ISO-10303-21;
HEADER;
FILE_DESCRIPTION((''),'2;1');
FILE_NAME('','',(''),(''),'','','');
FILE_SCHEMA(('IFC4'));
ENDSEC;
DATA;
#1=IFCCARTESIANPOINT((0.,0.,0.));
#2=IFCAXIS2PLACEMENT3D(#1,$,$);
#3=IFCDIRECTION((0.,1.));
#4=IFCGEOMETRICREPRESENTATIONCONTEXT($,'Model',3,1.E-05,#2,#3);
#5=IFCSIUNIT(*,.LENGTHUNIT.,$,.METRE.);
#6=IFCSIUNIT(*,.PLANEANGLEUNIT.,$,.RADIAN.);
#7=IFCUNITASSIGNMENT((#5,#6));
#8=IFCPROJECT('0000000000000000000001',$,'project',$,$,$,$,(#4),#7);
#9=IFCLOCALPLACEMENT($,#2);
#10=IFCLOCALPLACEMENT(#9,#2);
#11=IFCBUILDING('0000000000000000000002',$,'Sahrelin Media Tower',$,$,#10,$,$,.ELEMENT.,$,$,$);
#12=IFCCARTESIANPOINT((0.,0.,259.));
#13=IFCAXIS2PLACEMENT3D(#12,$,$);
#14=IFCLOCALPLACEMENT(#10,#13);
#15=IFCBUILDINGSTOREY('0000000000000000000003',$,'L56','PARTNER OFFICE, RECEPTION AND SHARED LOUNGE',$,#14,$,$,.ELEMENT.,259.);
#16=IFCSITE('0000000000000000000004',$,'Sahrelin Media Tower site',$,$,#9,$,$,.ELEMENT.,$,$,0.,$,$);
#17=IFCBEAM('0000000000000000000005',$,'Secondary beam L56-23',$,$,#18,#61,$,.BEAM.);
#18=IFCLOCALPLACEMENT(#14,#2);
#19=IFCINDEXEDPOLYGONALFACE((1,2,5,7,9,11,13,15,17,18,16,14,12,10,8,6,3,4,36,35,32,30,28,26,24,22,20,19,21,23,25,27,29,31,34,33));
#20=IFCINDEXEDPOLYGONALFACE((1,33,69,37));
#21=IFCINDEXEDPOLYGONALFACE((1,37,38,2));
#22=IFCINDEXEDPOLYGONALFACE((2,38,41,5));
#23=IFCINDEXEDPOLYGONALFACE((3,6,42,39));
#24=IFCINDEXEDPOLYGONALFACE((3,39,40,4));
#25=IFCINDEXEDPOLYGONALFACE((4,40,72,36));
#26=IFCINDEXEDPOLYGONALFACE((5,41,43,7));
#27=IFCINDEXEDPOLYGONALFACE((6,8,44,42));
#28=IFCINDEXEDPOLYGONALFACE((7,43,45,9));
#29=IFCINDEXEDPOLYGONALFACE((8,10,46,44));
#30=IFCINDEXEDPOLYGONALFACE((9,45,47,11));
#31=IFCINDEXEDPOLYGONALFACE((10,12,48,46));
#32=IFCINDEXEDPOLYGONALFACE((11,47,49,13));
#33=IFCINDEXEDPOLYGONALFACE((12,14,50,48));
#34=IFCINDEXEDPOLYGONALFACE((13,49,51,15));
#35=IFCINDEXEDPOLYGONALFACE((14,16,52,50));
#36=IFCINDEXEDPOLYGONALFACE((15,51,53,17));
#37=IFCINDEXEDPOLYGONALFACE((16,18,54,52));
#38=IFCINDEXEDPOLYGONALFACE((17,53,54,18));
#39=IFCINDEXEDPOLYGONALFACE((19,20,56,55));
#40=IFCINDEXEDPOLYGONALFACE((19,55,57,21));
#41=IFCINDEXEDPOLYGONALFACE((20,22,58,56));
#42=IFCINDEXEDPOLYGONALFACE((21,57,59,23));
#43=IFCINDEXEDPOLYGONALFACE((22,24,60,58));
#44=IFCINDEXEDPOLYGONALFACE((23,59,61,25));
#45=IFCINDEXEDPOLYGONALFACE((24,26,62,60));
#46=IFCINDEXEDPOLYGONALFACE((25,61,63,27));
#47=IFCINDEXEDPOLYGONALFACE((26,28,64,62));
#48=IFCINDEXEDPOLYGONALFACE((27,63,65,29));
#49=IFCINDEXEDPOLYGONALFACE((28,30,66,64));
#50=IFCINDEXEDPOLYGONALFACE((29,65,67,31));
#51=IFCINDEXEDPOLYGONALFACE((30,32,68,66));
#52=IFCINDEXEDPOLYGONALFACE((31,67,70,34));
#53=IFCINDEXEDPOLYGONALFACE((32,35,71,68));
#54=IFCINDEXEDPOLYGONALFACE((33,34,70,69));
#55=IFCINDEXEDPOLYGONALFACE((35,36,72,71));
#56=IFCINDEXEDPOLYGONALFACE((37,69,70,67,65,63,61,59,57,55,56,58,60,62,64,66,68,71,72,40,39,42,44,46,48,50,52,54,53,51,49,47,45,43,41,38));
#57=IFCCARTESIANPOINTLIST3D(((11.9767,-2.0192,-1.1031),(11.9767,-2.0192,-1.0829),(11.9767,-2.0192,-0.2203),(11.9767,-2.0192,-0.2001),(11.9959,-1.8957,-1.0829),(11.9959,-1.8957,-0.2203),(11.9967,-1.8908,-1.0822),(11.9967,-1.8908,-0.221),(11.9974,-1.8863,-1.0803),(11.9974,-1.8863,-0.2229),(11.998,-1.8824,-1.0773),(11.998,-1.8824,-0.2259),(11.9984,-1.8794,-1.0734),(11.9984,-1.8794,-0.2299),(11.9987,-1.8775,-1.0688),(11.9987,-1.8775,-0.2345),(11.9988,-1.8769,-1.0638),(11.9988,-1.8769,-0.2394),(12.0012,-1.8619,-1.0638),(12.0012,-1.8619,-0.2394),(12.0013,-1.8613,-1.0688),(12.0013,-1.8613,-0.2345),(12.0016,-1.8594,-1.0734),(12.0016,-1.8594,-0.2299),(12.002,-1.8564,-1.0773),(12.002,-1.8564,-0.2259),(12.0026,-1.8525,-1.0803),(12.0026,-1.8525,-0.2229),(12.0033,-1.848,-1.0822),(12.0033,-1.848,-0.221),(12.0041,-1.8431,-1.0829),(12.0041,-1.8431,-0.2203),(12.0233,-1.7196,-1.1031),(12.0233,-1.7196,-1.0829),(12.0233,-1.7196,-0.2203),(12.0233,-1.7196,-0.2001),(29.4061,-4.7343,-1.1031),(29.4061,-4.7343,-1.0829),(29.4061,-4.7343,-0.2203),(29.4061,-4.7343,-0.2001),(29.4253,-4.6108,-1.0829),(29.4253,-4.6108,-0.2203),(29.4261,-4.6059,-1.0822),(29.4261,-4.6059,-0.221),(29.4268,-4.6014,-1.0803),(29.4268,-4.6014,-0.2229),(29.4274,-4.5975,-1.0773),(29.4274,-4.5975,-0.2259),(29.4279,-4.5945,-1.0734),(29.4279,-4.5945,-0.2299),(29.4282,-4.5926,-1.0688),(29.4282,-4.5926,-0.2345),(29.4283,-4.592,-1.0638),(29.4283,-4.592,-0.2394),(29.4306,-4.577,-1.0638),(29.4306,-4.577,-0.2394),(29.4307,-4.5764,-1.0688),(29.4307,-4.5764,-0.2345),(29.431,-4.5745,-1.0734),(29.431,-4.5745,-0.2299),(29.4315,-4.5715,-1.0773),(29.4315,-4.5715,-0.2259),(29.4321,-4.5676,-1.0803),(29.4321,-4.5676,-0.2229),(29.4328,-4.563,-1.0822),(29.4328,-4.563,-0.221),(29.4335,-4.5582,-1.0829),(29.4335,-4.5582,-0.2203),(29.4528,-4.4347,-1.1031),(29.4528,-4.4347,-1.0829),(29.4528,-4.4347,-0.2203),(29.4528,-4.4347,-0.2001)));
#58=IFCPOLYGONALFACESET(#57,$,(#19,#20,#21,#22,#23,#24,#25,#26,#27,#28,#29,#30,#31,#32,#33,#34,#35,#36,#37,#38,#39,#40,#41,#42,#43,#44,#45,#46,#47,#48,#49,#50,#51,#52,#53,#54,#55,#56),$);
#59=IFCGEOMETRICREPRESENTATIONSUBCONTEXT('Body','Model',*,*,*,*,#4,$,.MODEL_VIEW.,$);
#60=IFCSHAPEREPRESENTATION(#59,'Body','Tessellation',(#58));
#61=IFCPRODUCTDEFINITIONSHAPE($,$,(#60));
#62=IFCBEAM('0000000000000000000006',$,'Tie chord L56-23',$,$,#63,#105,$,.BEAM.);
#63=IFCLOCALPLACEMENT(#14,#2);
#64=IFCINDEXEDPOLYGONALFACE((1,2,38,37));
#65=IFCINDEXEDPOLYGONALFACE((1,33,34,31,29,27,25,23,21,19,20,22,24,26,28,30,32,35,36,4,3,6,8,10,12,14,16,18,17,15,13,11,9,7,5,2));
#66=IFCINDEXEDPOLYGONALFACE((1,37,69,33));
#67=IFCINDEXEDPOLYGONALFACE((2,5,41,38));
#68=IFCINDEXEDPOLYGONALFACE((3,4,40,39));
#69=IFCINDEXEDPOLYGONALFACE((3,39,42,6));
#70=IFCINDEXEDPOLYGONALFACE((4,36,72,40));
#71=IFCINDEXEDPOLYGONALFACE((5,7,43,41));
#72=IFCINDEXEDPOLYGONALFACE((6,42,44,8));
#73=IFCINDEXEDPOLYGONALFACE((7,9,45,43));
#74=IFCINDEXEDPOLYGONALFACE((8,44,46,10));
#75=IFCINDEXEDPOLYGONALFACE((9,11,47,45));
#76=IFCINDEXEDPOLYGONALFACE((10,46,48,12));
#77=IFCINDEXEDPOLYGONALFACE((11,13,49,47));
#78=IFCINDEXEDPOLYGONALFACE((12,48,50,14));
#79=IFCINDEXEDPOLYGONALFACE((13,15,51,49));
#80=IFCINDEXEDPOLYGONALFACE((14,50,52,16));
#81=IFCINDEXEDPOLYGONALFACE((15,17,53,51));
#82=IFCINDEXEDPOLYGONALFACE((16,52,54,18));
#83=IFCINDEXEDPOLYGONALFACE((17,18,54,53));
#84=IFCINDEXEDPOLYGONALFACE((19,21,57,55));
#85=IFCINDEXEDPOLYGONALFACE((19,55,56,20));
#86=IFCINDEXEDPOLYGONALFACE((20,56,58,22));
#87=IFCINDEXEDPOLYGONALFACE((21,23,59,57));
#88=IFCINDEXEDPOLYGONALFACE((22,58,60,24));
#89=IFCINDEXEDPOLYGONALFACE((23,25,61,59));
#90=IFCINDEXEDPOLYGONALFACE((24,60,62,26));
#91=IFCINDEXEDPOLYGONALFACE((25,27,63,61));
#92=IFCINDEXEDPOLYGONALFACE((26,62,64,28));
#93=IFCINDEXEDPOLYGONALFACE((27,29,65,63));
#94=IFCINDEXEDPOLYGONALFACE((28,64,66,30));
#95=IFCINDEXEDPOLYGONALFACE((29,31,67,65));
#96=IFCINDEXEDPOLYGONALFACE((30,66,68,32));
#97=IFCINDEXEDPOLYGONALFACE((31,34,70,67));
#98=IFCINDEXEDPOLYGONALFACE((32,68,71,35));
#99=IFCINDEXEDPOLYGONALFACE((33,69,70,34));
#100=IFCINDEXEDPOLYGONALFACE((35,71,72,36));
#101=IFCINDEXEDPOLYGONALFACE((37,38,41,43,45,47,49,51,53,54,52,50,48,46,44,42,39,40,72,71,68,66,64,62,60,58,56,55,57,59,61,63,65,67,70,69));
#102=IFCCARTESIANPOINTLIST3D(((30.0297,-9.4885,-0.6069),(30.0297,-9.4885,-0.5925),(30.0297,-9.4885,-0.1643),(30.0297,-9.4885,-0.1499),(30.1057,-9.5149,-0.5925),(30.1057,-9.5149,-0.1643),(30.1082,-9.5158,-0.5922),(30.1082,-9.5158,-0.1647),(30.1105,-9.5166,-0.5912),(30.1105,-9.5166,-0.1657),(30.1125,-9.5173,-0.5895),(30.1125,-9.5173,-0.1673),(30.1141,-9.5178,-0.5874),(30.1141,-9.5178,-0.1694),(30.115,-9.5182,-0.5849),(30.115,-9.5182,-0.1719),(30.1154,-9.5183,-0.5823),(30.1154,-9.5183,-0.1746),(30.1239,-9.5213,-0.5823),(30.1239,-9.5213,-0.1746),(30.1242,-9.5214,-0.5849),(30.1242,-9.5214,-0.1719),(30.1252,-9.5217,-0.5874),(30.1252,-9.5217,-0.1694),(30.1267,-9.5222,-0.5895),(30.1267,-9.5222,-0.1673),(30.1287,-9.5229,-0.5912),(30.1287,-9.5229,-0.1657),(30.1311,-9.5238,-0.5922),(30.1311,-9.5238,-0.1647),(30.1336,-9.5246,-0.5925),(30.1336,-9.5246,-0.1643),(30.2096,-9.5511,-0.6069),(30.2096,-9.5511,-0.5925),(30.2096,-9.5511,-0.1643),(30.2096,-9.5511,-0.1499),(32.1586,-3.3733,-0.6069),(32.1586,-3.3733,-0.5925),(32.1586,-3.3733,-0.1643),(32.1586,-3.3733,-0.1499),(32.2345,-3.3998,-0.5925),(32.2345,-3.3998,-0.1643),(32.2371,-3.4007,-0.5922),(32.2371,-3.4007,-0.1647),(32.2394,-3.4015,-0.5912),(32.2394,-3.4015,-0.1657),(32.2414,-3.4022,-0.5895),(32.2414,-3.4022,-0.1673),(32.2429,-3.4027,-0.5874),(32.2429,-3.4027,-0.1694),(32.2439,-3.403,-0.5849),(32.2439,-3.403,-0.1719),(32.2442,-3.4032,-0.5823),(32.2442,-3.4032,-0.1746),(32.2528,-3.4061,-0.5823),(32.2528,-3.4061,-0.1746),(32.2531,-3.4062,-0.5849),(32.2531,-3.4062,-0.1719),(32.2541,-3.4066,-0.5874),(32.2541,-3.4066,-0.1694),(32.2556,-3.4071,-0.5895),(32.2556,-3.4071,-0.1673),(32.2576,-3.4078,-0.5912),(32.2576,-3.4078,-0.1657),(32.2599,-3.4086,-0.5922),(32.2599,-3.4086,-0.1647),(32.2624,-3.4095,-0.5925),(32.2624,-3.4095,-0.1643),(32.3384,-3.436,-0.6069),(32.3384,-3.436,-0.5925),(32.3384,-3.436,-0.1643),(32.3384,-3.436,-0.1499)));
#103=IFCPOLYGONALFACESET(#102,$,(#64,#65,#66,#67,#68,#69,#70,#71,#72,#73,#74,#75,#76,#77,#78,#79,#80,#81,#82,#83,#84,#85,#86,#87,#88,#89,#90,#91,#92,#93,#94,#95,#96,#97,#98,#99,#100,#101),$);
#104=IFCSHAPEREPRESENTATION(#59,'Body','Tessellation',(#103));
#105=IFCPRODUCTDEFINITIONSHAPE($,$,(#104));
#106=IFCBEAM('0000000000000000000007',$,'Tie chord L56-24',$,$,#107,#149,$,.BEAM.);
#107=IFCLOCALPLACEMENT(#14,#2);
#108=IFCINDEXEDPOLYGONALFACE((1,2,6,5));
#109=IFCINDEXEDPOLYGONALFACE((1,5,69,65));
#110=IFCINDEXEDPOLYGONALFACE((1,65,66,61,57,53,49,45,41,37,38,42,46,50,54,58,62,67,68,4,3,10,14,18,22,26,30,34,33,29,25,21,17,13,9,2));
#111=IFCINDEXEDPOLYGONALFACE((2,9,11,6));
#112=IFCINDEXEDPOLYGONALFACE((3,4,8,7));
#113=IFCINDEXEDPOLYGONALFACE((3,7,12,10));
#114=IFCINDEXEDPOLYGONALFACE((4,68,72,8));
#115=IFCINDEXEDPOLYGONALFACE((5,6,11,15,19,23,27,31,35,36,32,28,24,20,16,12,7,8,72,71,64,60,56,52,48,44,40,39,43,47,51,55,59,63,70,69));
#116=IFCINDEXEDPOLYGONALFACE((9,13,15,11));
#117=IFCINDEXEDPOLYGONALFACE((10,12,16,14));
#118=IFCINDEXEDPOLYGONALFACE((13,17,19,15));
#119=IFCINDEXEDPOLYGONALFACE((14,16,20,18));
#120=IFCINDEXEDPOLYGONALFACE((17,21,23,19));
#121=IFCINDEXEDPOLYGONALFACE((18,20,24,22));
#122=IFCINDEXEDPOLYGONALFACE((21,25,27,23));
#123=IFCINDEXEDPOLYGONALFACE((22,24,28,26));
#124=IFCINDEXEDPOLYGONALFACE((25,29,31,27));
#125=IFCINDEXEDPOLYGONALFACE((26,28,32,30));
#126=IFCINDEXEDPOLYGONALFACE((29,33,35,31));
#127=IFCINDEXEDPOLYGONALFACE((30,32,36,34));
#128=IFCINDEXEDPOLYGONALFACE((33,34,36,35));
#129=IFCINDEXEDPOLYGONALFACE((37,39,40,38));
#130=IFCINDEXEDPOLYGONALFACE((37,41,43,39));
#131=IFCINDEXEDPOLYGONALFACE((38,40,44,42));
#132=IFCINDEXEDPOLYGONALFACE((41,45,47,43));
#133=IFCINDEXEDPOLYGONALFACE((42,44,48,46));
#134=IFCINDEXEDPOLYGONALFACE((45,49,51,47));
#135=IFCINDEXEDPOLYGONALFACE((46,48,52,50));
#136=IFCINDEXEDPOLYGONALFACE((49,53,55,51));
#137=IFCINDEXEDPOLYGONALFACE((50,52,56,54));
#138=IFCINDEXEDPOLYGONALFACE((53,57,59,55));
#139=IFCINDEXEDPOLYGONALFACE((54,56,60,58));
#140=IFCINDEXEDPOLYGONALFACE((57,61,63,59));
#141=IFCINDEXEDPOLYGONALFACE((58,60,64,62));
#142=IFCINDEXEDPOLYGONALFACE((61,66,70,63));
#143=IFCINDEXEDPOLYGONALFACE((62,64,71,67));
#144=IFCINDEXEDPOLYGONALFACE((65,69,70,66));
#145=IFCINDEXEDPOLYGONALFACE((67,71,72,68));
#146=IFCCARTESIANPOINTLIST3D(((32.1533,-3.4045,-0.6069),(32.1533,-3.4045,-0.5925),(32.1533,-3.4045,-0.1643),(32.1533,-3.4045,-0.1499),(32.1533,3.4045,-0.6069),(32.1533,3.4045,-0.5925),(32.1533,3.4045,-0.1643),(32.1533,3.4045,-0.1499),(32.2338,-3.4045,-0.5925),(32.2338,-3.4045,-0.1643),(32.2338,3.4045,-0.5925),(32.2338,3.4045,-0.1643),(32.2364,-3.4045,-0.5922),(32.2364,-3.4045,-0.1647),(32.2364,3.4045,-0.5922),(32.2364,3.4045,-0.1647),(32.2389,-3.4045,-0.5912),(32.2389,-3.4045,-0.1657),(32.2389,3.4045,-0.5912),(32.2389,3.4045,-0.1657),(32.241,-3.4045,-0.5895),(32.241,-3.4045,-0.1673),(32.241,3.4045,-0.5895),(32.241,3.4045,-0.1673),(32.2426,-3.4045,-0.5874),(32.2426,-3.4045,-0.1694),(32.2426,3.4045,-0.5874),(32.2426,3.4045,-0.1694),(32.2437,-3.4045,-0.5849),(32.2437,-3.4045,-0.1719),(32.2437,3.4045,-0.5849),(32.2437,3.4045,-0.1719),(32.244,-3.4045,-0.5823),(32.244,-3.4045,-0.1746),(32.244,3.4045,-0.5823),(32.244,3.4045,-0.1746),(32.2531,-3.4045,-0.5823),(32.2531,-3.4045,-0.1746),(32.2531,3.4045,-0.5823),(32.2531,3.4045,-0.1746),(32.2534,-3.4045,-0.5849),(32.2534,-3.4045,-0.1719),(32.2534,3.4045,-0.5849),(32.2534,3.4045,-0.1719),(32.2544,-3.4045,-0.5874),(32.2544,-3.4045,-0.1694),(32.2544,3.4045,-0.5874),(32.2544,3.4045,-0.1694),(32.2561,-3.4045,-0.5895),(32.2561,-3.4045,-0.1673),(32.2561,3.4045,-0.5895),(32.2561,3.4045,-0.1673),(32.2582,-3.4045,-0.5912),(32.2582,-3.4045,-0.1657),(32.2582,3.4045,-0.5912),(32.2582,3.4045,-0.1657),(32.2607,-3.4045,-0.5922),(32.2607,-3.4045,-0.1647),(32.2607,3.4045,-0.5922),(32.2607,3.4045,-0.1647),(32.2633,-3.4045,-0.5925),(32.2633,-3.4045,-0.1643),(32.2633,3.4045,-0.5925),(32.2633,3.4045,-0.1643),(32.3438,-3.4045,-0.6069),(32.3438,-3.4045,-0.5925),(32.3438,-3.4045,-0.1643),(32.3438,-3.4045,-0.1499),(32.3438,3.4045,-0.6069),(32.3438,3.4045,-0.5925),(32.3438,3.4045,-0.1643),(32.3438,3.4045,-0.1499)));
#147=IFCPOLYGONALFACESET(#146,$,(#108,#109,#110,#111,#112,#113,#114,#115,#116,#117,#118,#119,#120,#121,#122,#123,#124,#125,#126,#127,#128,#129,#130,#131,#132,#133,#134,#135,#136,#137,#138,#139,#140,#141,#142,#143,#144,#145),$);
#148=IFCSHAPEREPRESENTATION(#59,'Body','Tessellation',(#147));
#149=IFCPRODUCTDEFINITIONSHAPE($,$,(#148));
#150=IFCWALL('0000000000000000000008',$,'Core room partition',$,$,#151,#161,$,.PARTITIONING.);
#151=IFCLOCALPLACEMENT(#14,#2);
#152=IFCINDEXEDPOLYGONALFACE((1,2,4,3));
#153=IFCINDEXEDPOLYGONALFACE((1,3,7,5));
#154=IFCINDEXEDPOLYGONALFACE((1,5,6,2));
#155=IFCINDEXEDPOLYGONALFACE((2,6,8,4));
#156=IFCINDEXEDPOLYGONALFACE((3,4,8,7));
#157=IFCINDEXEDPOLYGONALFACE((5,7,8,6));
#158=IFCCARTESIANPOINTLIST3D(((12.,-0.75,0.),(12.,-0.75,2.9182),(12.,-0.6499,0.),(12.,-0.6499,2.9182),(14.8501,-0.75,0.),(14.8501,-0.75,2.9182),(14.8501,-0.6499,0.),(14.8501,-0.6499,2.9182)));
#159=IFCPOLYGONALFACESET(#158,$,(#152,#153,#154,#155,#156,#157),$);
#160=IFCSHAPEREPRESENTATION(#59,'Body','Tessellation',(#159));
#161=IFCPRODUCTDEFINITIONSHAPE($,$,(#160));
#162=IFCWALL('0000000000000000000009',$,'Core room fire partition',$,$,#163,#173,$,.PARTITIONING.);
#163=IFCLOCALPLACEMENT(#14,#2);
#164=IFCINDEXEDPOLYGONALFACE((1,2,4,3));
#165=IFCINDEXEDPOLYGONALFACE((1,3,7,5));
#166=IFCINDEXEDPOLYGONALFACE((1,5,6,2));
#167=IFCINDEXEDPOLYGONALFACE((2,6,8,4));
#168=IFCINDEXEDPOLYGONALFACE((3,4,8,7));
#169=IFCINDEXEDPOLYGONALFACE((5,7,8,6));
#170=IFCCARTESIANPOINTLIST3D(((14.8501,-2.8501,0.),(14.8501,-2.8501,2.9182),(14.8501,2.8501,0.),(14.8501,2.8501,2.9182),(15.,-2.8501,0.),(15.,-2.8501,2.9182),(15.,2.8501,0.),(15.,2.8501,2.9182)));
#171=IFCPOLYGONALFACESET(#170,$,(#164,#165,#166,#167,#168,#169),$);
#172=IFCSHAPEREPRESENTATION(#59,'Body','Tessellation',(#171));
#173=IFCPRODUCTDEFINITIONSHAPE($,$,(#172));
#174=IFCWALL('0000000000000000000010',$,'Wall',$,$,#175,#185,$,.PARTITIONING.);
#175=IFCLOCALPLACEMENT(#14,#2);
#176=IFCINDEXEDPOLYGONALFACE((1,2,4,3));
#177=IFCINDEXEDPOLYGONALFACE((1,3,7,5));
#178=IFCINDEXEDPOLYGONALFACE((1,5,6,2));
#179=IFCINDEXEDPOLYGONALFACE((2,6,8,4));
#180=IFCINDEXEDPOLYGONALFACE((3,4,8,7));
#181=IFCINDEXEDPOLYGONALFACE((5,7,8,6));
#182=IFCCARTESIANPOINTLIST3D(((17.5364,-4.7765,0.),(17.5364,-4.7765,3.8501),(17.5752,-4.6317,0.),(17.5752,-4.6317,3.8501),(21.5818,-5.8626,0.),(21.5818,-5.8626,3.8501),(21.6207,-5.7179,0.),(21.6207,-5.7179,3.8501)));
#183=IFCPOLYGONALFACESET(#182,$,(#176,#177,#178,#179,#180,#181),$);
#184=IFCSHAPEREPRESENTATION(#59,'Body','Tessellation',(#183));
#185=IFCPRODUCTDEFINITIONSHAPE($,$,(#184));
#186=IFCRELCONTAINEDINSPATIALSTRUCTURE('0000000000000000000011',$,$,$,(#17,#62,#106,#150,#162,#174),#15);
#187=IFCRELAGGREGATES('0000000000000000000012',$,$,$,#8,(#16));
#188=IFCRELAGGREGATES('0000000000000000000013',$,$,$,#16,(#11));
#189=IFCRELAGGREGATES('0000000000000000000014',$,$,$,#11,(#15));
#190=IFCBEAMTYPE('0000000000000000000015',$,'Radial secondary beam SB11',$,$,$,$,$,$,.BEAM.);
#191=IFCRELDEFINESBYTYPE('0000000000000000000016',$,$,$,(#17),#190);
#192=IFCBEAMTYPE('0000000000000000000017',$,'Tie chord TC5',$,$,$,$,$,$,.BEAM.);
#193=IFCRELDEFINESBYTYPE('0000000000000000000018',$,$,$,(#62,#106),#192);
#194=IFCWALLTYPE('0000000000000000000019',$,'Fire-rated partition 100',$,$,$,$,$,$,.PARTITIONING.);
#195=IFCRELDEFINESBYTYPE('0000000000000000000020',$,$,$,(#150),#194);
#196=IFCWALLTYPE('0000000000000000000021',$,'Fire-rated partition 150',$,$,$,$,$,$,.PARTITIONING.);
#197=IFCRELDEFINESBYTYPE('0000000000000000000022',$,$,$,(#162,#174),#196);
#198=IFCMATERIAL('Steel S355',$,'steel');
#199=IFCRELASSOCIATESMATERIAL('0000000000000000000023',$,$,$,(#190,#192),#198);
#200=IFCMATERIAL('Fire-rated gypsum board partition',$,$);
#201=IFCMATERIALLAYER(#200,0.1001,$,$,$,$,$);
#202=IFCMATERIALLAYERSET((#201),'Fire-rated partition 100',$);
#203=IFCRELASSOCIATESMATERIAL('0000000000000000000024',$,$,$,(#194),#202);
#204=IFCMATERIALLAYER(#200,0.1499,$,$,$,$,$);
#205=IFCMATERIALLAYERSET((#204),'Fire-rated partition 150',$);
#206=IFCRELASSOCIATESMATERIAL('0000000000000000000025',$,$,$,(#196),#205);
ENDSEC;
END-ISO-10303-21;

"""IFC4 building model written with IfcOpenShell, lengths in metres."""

from ifc_helpers import new_model, si_unit, direction, frame, frame_2d, origin, origin_2d, place, context, subcontext, project, spatial, rectangle, i_section, extrude, material, layer, layer_set, material_profile, profile_set, type_object, element, save


model = new_model("IFC4")

# Units and contexts
model_context = context("Model", 3, precision=1e-05, world=origin(), true_north=direction((0.0, 1.0)))
body_context = subcontext(model_context, "Body", "Model", "MODEL_VIEW")
ifc_project = project(units=[si_unit("LENGTHUNIT", "METRE"), si_unit("PLANEANGLEUNIT", "RADIAN")], contexts=[model_context])

# Site, building, storey
site_placement = place(None, origin())
site = spatial("IfcSite", under=ifc_project, at=site_placement, Name="Sahrelin Media Tower site", CompositionType="ELEMENT", RefElevation=0.0)
building_placement = place(site_placement, origin())
building = spatial("IfcBuilding", under=site, at=building_placement, Name="Sahrelin Media Tower", CompositionType="ELEMENT")
storey_placement = place(building_placement, frame((0.0, 0.0, 259.0)))
storey = spatial("IfcBuildingStorey", under=building, at=storey_placement, Name="L56", Description="PARTNER OFFICE, RECEPTION AND SHARED LOUNGE", CompositionType="ELEMENT", Elevation=259.0)

# Beams
ifc_material_1 = material(Name="Steel S355", Category="steel")
ifc_material_profile_1 = material_profile(ifc_material_1, i_section(OverallWidth=0.3032, OverallDepth=0.9031, WebThickness=0.0151, FlangeThickness=0.0203, FilletRadius=0.019, at=origin_2d()), Name="UB 914x305x201")
ifc_profile_set_1 = profile_set([ifc_material_profile_1], Name="Steel S355")
beam_type_1 = type_object("IfcBeamType", Name="Radial secondary beam SB11", PredefinedType="BEAM", material=ifc_profile_set_1)
beam_1_placement = place(storey_placement, frame((12.0, -1.8694, -0.6516), z_axis=(0.988083, -0.15392, 0.0), x_axis=(0.15392, 0.988083, 0.0)))
element("IfcBeam", 1, at=beam_1_placement, inside=storey, type_object=beam_type_1, Name="Secondary beam L56-23", PredefinedType="BEAM", context=body_context, shape_type="SweptSolid", body=[
    extrude(i_section(OverallWidth=0.3032, OverallDepth=0.9031, WebThickness=0.0151, FlangeThickness=0.0203, FilletRadius=0.019, at=origin_2d()), origin(), (0.0, 0.0, 1.0), 17.6396),
])
ifc_material_profile_2 = material_profile(ifc_material_1, i_section(OverallWidth=0.1904, OverallDepth=0.457, WebThickness=0.009, FlangeThickness=0.0144, FilletRadius=0.0103, at=origin_2d()), Name="UB 457x191x74")
ifc_profile_set_2 = profile_set([ifc_material_profile_2], Name="Steel S355")
beam_type_2 = type_object("IfcBeamType", Name="Tie chord TC5", PredefinedType="BEAM", material=ifc_profile_set_2)
beam_2_placement = place(storey_placement, frame((30.1196, -9.5198, -0.3784), z_axis=(0.328778, 0.944407, 0.0), x_axis=(-0.944407, 0.328778, 0.0)))
element("IfcBeam", 2, at=beam_2_placement, inside=storey, type_object=beam_type_2, Name="Tie chord L56-23", PredefinedType="BEAM", context=body_context, shape_type="SweptSolid", body=[
    extrude(i_section(OverallWidth=0.1904, OverallDepth=0.457, WebThickness=0.009, FlangeThickness=0.0144, FilletRadius=0.0103, at=origin_2d()), origin(), (0.0, 0.0, 1.0), 6.4751),
])
beam_3_placement = place(storey_placement, frame((32.2485, -3.4045, -0.3784), z_axis=(0.0, 1.0, 0.0), x_axis=(-1.0, 0.0, 0.0)))
element("IfcBeam", 3, at=beam_3_placement, inside=storey, type_object=beam_type_2, Name="Tie chord L56-24", PredefinedType="BEAM", context=body_context, shape_type="SweptSolid", body=[
    extrude(i_section(OverallWidth=0.1904, OverallDepth=0.457, WebThickness=0.009, FlangeThickness=0.0144, FilletRadius=0.0103, at=origin_2d()), origin(), (0.0, 0.0, 1.0), 6.8091),
])

# Walls
ifc_material_2 = material(Name="Fire-rated gypsum board partition")
ifc_layer_1 = layer(ifc_material_2, 0.1001)
ifc_layer_set_1 = layer_set([ifc_layer_1], Name="Fire-rated partition 100")
wall_type_1 = type_object("IfcWallType", Name="Fire-rated partition 100", PredefinedType="PARTITIONING", material=ifc_layer_set_1)
wall_1_placement = place(storey_placement, frame((12.0, -0.7, 0.0), z_axis=(0.0, 0.0, 1.0), x_axis=(1.0, 0.0, 0.0)))
element("IfcWall", 4, at=wall_1_placement, inside=storey, type_object=wall_type_1, Name="Core room partition", PredefinedType="PARTITIONING", context=body_context, shape_type="SweptSolid", body=[
    extrude(rectangle(XDim=2.8501, YDim=0.1001, at=frame_2d((1.425, 0.0))), origin(), (0.0, 0.0, 1.0), 2.9182),
])
ifc_layer_2 = layer(ifc_material_2, 0.1499)
ifc_layer_set_2 = layer_set([ifc_layer_2], Name="Fire-rated partition 150")
wall_type_2 = type_object("IfcWallType", Name="Fire-rated partition 150", PredefinedType="PARTITIONING", material=ifc_layer_set_2)
wall_2_placement = place(storey_placement, frame((14.925, -2.8501, 0.0), z_axis=(0.0, 0.0, 1.0), x_axis=(0.0, 1.0, 0.0)))
element("IfcWall", 5, at=wall_2_placement, inside=storey, type_object=wall_type_2, Name="Core room fire partition", PredefinedType="PARTITIONING", context=body_context, shape_type="SweptSolid", body=[
    extrude(rectangle(XDim=5.7002, YDim=0.1499, at=frame_2d((2.8501, 0.0))), origin(), (0.0, 0.0, 1.0), 2.9182),
])
wall_3_placement = place(storey_placement, frame((17.5559, -4.7041, 0.0), z_axis=(0.0, 0.0, 1.0), x_axis=(0.965793, -0.259313, 0.0)))
element("IfcWall", 6, at=wall_3_placement, inside=storey, type_object=wall_type_2, Name="Wall", PredefinedType="PARTITIONING", context=body_context, shape_type="SweptSolid", body=[
    extrude(rectangle(XDim=4.1887, YDim=0.1499, at=frame_2d((2.0942, 0.0))), origin(), (0.0, 0.0, 1.0), 3.8501),
])

save(model, "model.ifc")
